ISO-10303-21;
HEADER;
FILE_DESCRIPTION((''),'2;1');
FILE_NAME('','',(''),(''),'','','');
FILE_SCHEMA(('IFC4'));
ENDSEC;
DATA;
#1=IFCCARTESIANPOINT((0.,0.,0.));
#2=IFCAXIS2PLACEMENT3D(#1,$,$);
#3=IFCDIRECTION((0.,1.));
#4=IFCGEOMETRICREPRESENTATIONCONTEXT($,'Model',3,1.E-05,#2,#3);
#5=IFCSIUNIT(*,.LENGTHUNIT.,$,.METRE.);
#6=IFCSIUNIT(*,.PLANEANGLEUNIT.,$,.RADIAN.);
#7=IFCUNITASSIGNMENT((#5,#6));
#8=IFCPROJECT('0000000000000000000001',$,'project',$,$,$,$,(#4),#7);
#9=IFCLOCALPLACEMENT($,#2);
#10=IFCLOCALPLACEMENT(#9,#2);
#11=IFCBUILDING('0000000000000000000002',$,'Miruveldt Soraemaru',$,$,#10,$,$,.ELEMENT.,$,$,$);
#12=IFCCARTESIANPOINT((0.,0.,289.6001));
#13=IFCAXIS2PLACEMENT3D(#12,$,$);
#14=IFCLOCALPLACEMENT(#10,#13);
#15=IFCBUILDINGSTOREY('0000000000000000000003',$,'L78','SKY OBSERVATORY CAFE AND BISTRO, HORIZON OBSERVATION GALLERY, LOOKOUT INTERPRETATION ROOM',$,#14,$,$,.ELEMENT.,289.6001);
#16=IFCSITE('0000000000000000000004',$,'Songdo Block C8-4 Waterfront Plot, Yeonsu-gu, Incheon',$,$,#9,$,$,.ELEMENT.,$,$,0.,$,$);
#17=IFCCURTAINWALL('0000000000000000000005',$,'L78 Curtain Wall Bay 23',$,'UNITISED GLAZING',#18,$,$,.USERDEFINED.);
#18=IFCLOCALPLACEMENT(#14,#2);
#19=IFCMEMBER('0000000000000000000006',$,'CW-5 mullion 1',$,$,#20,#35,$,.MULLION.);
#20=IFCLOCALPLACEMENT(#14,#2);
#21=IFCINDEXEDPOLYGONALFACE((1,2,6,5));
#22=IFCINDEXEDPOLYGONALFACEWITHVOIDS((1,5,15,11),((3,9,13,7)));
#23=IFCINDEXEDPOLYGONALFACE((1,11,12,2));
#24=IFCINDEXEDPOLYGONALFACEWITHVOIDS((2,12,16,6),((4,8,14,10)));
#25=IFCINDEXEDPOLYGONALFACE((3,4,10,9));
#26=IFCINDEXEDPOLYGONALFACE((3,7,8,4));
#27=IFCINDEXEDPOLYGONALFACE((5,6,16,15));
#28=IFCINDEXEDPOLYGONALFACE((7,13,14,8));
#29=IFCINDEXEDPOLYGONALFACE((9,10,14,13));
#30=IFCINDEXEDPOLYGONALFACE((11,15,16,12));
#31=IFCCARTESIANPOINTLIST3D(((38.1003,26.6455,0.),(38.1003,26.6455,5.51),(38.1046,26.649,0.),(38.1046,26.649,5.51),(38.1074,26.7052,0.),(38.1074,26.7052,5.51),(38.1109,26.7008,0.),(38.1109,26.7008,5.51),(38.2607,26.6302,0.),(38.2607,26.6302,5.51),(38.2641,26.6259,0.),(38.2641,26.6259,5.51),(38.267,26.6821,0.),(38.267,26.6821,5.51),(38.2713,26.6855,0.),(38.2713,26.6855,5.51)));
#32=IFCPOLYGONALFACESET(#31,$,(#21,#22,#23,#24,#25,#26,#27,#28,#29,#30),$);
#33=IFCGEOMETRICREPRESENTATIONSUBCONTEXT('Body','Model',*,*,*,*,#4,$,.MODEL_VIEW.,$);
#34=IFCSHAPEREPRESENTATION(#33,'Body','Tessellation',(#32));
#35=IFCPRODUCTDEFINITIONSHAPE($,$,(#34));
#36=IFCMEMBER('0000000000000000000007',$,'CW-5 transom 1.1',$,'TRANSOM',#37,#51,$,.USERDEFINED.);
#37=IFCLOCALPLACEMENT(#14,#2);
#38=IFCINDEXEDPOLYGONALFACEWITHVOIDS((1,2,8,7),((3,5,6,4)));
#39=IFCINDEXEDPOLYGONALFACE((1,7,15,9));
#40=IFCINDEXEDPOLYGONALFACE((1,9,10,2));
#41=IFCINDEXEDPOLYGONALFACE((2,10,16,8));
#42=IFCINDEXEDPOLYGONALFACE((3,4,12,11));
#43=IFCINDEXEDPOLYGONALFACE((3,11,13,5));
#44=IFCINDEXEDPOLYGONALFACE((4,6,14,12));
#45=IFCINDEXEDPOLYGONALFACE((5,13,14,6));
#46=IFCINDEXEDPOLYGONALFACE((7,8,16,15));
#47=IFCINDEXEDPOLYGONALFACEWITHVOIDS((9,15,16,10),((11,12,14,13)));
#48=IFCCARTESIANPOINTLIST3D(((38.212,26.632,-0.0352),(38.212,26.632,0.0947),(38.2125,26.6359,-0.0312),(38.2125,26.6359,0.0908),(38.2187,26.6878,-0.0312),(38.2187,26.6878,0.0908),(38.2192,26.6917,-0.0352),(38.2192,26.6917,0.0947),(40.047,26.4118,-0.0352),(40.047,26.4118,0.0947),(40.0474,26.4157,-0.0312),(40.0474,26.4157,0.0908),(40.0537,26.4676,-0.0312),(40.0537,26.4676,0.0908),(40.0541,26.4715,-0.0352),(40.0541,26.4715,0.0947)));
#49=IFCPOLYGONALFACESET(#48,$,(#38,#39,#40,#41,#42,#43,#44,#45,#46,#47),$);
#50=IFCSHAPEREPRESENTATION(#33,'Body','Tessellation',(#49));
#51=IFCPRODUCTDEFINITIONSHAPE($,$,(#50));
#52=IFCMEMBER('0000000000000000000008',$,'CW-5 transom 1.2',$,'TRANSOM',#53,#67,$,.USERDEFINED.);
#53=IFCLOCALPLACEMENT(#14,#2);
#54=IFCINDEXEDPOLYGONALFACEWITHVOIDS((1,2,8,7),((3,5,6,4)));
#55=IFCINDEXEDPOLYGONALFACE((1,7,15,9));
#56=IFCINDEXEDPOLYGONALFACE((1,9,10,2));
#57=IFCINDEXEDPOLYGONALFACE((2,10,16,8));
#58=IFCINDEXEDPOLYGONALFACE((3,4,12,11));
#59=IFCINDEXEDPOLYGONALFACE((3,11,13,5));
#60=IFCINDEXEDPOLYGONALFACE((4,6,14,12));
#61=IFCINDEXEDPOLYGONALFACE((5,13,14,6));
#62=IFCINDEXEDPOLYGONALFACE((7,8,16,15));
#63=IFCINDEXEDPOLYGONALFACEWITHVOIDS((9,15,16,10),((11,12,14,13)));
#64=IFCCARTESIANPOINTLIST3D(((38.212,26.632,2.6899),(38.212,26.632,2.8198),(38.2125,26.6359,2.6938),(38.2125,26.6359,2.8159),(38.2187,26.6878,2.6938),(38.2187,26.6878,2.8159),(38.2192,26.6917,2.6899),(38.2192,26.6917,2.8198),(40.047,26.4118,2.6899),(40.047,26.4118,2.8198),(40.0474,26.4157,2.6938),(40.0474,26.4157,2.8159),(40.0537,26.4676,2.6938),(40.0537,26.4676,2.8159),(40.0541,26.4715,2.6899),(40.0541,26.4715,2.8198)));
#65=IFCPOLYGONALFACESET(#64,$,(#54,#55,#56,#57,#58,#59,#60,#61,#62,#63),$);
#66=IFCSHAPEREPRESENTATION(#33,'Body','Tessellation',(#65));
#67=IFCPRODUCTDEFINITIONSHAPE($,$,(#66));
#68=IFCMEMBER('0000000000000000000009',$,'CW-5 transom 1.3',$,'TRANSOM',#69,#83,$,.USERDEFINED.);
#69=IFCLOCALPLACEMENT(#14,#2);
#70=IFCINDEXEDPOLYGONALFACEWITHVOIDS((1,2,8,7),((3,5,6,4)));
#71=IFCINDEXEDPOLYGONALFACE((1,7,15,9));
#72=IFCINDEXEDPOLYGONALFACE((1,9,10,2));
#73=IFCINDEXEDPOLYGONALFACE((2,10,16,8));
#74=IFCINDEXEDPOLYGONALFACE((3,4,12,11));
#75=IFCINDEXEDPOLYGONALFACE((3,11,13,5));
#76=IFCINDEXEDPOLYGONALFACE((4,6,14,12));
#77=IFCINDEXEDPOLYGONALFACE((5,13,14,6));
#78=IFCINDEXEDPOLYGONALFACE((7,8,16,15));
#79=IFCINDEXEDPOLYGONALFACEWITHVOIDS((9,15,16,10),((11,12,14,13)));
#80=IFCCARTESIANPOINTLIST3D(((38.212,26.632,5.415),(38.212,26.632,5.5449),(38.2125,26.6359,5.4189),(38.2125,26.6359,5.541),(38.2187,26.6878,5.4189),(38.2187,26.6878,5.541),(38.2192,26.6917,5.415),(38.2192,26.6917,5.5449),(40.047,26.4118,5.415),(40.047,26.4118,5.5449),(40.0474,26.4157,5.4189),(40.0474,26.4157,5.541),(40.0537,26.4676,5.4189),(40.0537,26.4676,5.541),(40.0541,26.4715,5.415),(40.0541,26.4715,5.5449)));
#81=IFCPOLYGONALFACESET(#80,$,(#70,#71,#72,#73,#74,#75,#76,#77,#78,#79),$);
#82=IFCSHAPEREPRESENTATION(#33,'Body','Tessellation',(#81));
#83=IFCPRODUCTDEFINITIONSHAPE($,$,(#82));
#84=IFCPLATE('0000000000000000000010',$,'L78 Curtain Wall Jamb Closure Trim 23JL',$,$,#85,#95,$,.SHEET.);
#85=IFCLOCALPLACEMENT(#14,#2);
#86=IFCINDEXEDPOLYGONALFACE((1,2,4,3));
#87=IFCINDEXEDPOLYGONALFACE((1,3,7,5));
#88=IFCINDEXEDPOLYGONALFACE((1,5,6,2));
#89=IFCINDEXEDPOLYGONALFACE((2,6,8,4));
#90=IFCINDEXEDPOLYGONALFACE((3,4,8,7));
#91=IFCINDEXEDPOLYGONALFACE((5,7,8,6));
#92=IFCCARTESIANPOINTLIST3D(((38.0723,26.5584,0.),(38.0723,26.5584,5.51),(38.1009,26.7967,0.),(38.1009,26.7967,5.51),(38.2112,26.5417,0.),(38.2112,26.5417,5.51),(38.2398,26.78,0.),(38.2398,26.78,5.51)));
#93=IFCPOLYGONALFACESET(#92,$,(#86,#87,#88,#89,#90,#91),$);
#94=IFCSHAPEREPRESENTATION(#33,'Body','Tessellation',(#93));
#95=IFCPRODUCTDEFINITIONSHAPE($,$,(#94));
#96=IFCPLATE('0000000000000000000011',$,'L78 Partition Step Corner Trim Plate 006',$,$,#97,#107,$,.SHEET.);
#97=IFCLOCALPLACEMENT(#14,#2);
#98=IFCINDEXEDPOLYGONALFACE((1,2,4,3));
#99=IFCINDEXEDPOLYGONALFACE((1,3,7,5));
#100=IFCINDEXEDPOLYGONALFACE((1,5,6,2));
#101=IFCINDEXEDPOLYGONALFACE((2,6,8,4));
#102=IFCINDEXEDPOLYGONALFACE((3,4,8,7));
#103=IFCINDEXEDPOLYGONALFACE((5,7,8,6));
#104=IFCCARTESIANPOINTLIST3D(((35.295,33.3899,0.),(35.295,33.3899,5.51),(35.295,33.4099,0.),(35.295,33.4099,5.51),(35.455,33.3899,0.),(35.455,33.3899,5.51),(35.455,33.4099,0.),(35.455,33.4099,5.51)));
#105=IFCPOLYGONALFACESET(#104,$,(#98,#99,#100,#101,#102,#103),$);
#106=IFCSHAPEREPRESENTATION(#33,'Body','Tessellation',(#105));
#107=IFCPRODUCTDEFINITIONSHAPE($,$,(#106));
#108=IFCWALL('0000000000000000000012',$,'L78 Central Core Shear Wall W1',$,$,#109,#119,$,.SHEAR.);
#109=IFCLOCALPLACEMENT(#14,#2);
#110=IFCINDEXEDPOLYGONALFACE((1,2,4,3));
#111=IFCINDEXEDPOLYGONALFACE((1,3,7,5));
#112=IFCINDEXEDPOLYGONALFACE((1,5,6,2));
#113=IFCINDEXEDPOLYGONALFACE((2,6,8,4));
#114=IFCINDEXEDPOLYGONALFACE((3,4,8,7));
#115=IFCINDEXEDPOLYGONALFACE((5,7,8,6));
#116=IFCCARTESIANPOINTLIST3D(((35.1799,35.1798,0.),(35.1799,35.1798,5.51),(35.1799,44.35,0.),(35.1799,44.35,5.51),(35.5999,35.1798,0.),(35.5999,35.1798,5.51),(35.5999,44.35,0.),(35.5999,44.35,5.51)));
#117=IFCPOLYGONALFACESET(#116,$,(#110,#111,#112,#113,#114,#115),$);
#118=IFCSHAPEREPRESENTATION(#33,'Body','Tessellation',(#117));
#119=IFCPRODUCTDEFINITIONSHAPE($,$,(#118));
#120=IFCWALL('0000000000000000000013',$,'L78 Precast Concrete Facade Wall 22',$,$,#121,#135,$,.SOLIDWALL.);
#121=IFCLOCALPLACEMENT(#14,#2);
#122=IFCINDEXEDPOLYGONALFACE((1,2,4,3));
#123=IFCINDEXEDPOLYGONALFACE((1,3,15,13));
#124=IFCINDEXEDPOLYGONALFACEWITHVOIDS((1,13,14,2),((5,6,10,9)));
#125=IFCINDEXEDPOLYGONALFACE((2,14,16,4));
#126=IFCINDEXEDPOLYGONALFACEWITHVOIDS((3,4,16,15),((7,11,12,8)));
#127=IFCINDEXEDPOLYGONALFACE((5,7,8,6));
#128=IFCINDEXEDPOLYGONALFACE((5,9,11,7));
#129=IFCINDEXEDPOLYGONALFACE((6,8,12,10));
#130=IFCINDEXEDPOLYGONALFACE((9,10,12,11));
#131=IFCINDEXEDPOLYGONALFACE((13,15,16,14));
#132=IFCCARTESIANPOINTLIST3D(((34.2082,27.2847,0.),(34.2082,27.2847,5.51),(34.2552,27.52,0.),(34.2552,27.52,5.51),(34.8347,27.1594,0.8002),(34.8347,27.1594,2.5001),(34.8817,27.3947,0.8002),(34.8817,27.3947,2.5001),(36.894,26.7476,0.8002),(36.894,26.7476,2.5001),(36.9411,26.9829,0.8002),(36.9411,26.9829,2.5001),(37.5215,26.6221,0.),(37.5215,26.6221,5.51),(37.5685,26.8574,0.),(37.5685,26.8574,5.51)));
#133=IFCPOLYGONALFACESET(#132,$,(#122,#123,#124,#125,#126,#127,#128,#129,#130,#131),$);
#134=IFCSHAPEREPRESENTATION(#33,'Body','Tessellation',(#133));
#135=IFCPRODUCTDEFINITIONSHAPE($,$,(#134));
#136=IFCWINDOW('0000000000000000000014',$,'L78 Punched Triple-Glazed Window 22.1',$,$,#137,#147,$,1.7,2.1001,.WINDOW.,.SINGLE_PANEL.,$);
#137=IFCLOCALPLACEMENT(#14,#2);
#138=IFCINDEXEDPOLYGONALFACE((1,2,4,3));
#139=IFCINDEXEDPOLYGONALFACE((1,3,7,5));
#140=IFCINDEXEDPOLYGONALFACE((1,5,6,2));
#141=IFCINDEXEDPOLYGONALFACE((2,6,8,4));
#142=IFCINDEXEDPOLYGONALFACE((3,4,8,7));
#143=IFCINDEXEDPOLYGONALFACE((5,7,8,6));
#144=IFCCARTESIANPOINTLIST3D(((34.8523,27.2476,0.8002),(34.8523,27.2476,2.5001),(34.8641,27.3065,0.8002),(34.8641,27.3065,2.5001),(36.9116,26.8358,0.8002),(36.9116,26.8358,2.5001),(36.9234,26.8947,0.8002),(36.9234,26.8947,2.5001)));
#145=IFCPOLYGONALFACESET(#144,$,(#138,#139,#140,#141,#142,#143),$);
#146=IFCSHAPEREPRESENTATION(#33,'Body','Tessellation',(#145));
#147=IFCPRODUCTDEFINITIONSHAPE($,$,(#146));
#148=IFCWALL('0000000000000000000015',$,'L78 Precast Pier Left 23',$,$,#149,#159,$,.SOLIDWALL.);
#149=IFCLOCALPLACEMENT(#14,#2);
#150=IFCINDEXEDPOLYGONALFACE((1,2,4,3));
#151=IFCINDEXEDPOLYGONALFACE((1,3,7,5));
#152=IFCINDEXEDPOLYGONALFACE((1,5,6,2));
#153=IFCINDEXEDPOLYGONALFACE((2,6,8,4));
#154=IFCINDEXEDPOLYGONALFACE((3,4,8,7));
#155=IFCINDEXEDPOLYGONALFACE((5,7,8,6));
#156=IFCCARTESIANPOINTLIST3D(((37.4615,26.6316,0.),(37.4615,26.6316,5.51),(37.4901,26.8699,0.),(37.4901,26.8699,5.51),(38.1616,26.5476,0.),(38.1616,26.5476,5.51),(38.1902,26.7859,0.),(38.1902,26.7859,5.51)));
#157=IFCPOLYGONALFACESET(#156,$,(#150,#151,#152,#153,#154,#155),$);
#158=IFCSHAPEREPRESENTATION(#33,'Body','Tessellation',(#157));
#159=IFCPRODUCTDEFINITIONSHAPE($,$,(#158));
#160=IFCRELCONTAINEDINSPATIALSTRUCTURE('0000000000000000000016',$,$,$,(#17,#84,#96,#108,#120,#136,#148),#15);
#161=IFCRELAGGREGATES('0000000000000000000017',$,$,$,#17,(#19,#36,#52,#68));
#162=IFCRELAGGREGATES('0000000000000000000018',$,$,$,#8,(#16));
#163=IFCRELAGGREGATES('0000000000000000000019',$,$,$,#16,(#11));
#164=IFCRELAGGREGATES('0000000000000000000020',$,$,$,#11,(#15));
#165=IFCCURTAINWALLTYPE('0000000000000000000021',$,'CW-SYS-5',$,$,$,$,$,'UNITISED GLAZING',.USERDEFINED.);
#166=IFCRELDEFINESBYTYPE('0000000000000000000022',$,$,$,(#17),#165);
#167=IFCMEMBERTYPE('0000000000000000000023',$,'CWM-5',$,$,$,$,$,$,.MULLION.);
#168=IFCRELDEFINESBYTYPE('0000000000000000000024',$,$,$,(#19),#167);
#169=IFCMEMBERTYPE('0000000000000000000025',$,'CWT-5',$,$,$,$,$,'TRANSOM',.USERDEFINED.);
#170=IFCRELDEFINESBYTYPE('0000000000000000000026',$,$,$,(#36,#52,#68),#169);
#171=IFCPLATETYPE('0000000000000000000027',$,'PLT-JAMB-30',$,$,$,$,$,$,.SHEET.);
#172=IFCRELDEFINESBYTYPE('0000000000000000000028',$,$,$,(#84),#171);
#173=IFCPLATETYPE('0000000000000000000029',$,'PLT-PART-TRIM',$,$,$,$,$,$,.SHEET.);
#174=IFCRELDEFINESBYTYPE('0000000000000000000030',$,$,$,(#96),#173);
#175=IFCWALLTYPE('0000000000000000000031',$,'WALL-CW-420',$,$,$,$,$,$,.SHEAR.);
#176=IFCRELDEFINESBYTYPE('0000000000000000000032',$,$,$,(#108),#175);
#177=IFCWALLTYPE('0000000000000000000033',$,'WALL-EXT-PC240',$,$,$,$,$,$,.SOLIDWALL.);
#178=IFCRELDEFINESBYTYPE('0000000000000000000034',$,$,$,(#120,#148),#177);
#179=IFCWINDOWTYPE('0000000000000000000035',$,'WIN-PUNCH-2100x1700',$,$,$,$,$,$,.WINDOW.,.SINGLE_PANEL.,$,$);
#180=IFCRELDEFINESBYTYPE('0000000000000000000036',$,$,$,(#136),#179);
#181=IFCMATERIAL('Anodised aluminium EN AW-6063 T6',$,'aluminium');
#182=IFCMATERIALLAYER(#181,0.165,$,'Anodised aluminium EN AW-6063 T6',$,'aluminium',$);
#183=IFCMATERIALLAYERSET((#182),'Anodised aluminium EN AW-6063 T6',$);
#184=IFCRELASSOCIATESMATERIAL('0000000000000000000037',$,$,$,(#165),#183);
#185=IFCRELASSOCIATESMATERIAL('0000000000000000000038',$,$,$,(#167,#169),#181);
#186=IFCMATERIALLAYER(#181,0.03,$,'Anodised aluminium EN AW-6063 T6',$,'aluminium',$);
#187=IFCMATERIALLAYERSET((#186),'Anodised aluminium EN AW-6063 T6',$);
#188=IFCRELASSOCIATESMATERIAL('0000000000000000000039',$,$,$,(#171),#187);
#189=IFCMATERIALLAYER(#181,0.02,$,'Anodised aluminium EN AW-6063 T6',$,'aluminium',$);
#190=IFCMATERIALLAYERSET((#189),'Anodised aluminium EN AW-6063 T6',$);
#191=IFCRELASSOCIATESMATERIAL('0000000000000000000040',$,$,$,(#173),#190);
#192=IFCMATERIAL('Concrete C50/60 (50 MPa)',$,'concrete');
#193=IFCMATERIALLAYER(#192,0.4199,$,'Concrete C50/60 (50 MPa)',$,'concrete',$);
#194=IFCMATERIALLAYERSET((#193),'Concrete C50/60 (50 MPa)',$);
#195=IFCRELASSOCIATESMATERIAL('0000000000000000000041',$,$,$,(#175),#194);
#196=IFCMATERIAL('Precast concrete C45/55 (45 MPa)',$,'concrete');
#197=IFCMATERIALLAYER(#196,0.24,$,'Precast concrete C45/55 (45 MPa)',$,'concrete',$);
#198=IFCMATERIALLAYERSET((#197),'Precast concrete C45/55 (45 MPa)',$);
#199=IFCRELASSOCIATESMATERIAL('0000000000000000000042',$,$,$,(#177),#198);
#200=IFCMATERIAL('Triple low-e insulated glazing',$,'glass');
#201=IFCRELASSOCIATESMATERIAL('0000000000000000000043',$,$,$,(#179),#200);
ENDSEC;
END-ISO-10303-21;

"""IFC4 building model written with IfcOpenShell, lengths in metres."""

from ifc_helpers import new_model, si_unit, direction, frame, frame_2d, origin, origin_2d, place, context, subcontext, project, spatial, rectangle, hollow_rectangle, extrude, material, layer, layer_set, material_profile, profile_set, type_object, element, fill, aggregate, save


model = new_model("IFC4")

# Units and contexts
model_context = context("Model", 3, precision=1e-05, world=origin(), true_north=direction((0.0, 1.0)))
body_context = subcontext(model_context, "Body", "Model", "MODEL_VIEW")
ifc_project = project(units=[si_unit("LENGTHUNIT", "METRE"), si_unit("PLANEANGLEUNIT", "RADIAN")], contexts=[model_context])

# Site, building, storey
site_placement = place(None, origin())
site = spatial("IfcSite", under=ifc_project, at=site_placement, Name="Songdo Block C8-4 Waterfront Plot, Yeonsu-gu, Incheon", CompositionType="ELEMENT", RefElevation=0.0)
building_placement = place(site_placement, origin())
building = spatial("IfcBuilding", under=site, at=building_placement, Name="Miruveldt Soraemaru", CompositionType="ELEMENT")
storey_placement = place(building_placement, frame((0.0, 0.0, 289.6001)))
storey = spatial("IfcBuildingStorey", under=building, at=storey_placement, Name="L78", Description="SKY OBSERVATORY CAFE AND BISTRO, HORIZON OBSERVATION GALLERY, LOOKOUT INTERPRETATION ROOM", CompositionType="ELEMENT", Elevation=289.6001)

# Curtain wall, members
ifc_material_1 = material(Name="Anodised aluminium EN AW-6063 T6", Category="aluminium")
ifc_layer_1 = layer(ifc_material_1, 0.165, Name="Anodised aluminium EN AW-6063 T6", Category="aluminium")
ifc_layer_set_1 = layer_set([ifc_layer_1], Name="Anodised aluminium EN AW-6063 T6")
curtain_wall_type = type_object("IfcCurtainWallType", Name="CW-SYS-5", ElementType="UNITISED GLAZING", PredefinedType="USERDEFINED", material=ifc_layer_set_1)
curtain_wall_placement = place(storey_placement, origin())
curtain_wall = element("IfcCurtainWall", 1, at=curtain_wall_placement, inside=storey, type_object=curtain_wall_type, Name="L78 Curtain Wall Bay 23", ObjectType="UNITISED GLAZING", PredefinedType="USERDEFINED")
ifc_material_profile_1 = material_profile(ifc_material_1, hollow_rectangle(XDim=0.0601, YDim=0.165, WallThickness=0.0039, at=origin_2d()), Name="Anodised aluminium EN AW-6063 T6", Category="aluminium")
ifc_profile_set_1 = profile_set([ifc_material_profile_1], Name="Anodised aluminium EN AW-6063 T6")
member_type_1 = type_object("IfcMemberType", Name="CWM-5", PredefinedType="MULLION", material=ifc_profile_set_1)
member_1_placement = place(storey_placement, frame((38.1858, 26.6655, 0.0), z_axis=(0.0, 0.0, 1.0), x_axis=(0.119161, 0.992875, 0.0)))
member_1 = element("IfcMember", 2, at=member_1_placement, type_object=member_type_1, Name="CW-5 mullion 1", PredefinedType="MULLION", context=body_context, shape_type="SweptSolid", body=[
    extrude(hollow_rectangle(XDim=0.0601, YDim=0.165, WallThickness=0.0039, at=origin_2d()), origin(), (0.0, 0.0, 1.0), 5.51),
])
ifc_material_profile_2 = material_profile(ifc_material_1, hollow_rectangle(XDim=0.0601, YDim=0.1299, WallThickness=0.0039, at=origin_2d()), Name="Anodised aluminium EN AW-6063 T6", Category="aluminium")
ifc_profile_set_2 = profile_set([ifc_material_profile_2], Name="Anodised aluminium EN AW-6063 T6")
member_type_2 = type_object("IfcMemberType", Name="CWT-5", ElementType="TRANSOM", PredefinedType="USERDEFINED", material=ifc_profile_set_2)
member_2_placement = place(storey_placement, frame((38.2156, 26.6619, 0.0298), z_axis=(0.992876, -0.119156, 0.0), x_axis=(0.119156, 0.992876, 0.0)))
member_2 = element("IfcMember", 3, at=member_2_placement, type_object=member_type_2, Name="CW-5 transom 1.1", ObjectType="TRANSOM", PredefinedType="USERDEFINED", context=body_context, shape_type="SweptSolid", body=[
    extrude(hollow_rectangle(XDim=0.0601, YDim=0.1299, WallThickness=0.0039, at=origin_2d()), origin(), (0.0, 0.0, 1.0), 1.8481),
])
member_3_placement = place(storey_placement, frame((38.2156, 26.6619, 2.7549), z_axis=(0.992876, -0.119156, 0.0), x_axis=(0.119156, 0.992876, 0.0)))
member_3 = element("IfcMember", 4, at=member_3_placement, type_object=member_type_2, Name="CW-5 transom 1.2", ObjectType="TRANSOM", PredefinedType="USERDEFINED", context=body_context, shape_type="SweptSolid", body=[
    extrude(hollow_rectangle(XDim=0.0601, YDim=0.1299, WallThickness=0.0039, at=origin_2d()), origin(), (0.0, 0.0, 1.0), 1.8481),
])
member_4_placement = place(storey_placement, frame((38.2156, 26.6619, 5.48), z_axis=(0.992876, -0.119156, 0.0), x_axis=(0.119156, 0.992876, 0.0)))
member_4 = element("IfcMember", 5, at=member_4_placement, type_object=member_type_2, Name="CW-5 transom 1.3", ObjectType="TRANSOM", PredefinedType="USERDEFINED", context=body_context, shape_type="SweptSolid", body=[
    extrude(hollow_rectangle(XDim=0.0601, YDim=0.1299, WallThickness=0.0039, at=origin_2d()), origin(), (0.0, 0.0, 1.0), 1.8481),
])
aggregate(curtain_wall, [member_1, member_2, member_3, member_4])

# Plates
ifc_layer_2 = layer(ifc_material_1, 0.03, Name="Anodised aluminium EN AW-6063 T6", Category="aluminium")
ifc_layer_set_2 = layer_set([ifc_layer_2], Name="Anodised aluminium EN AW-6063 T6")
plate_type_1 = type_object("IfcPlateType", Name="PLT-JAMB-30", PredefinedType="SHEET", material=ifc_layer_set_2)
plate_1_placement = place(storey_placement, frame((38.156, 26.6692, 0.0), z_axis=(0.0, 0.0, 1.0), x_axis=(0.992874, -0.119166, 0.0)))
element("IfcPlate", 6, at=plate_1_placement, inside=storey, type_object=plate_type_1, Name="L78 Curtain Wall Jamb Closure Trim 23JL", PredefinedType="SHEET", context=body_context, shape_type="SweptSolid", body=[
    extrude(rectangle(XDim=0.1399, YDim=0.24, at=origin_2d()), origin(), (0.0, 0.0, 1.0), 5.51),
])
ifc_layer_3 = layer(ifc_material_1, 0.02, Name="Anodised aluminium EN AW-6063 T6", Category="aluminium")
ifc_layer_set_3 = layer_set([ifc_layer_3], Name="Anodised aluminium EN AW-6063 T6")
plate_type_2 = type_object("IfcPlateType", Name="PLT-PART-TRIM", PredefinedType="SHEET", material=ifc_layer_set_3)
plate_2_placement = place(storey_placement, frame((35.375, 33.3999, 0.0), z_axis=(0.0, 0.0, 1.0), x_axis=(1.0, 0.0, 0.0)))
element("IfcPlate", 7, at=plate_2_placement, inside=storey, type_object=plate_type_2, Name="L78 Partition Step Corner Trim Plate 006", PredefinedType="SHEET", context=body_context, shape_type="SweptSolid", body=[
    extrude(rectangle(XDim=0.1599, YDim=0.02, at=origin_2d()), origin(), (0.0, 0.0, 1.0), 5.51),
])

# Wall
ifc_material_2 = material(Name="Concrete C50/60 (50 MPa)", Category="concrete")
ifc_layer_4 = layer(ifc_material_2, 0.4199, Name="Concrete C50/60 (50 MPa)", Category="concrete")
ifc_layer_set_4 = layer_set([ifc_layer_4], Name="Concrete C50/60 (50 MPa)")
wall_type_1 = type_object("IfcWallType", Name="WALL-CW-420", PredefinedType="SHEAR", material=ifc_layer_set_4)
wall_1_placement = place(storey_placement, frame((35.3899, 35.1799, 0.0), z_axis=(0.0, 0.0, 1.0), x_axis=(0.0, 1.0, 0.0)))
element("IfcWall", 8, at=wall_1_placement, inside=storey, type_object=wall_type_1, Name="L78 Central Core Shear Wall W1", PredefinedType="SHEAR", context=body_context, shape_type="SweptSolid", body=[
    extrude(rectangle(XDim=9.1702, YDim=0.4199, at=frame_2d((4.585, 0.0))), origin(), (0.0, 0.0, 1.0), 5.51),
])

# Wall, opening, window
ifc_material_3 = material(Name="Precast concrete C45/55 (45 MPa)", Category="concrete")
ifc_layer_5 = layer(ifc_material_3, 0.24, Name="Precast concrete C45/55 (45 MPa)", Category="concrete")
ifc_layer_set_5 = layer_set([ifc_layer_5], Name="Precast concrete C45/55 (45 MPa)")
wall_type_2 = type_object("IfcWallType", Name="WALL-EXT-PC240", PredefinedType="SOLIDWALL", material=ifc_layer_set_5)
wall_2_placement = place(storey_placement, frame((34.2317, 27.4023, 0.0), z_axis=(0.0, 0.0, 1.0), x_axis=(0.980583, -0.196102, 0.0)))
wall_2 = element("IfcWall", 9, at=wall_2_placement, inside=storey, type_object=wall_type_2, Name="L78 Precast Concrete Facade Wall 22", PredefinedType="SOLIDWALL", context=body_context, shape_type="SweptSolid", body=[
    extrude(rectangle(XDim=3.3789, YDim=0.24, at=frame_2d((1.6895, 0.0))), origin(), (0.0, 0.0, 1.0), 5.51),
])
opening_1_placement = place(wall_2_placement, frame((0.6389, 0.0, 0.8)))
opening_1 = element("IfcOpeningElement", 10, at=opening_1_placement, cuts=wall_2, PredefinedType="OPENING", context=body_context, shape_type="SweptSolid", body=[
    extrude(rectangle(XDim=2.1001, YDim=1.7, at=frame_2d((1.05, 0.8501))), frame((0.0, 0.1299, 0.0), z_axis=(0.0, -1.0, 0.0), x_axis=(1.0, 0.0, 0.0)), (0.0, 0.0, 1.0), 0.26),
])
ifc_material_4 = material(Name="Triple low-e insulated glazing", Category="glass")
window_type = type_object("IfcWindowType", Name="WIN-PUNCH-2100x1700", PartitioningType="SINGLE_PANEL", PredefinedType="WINDOW", material=ifc_material_4)
window_placement = place(opening_1_placement, origin())
window = element("IfcWindow", 11, at=window_placement, inside=storey, type_object=window_type, Name="L78 Punched Triple-Glazed Window 22.1", OverallHeight=1.7, OverallWidth=2.1001, PartitioningType="SINGLE_PANEL", PredefinedType="WINDOW", context=body_context, shape_type="SweptSolid", body=[
    extrude(rectangle(XDim=2.1001, YDim=1.7, at=frame_2d((1.05, 0.8501))), frame((0.0, 0.03, 0.0), z_axis=(0.0, -1.0, 0.0), x_axis=(1.0, 0.0, 0.0)), (0.0, 0.0, 1.0), 0.0601),
])
fill(opening_1, window)

# Wall
wall_3_placement = place(storey_placement, frame((37.4758, 26.7507, 0.0), z_axis=(0.0, 0.0, 1.0), x_axis=(0.992878, -0.119132, 0.0)))
element("IfcWall", 12, at=wall_3_placement, inside=storey, type_object=wall_type_2, Name="L78 Precast Pier Left 23", PredefinedType="SOLIDWALL", context=body_context, shape_type="SweptSolid", body=[
    extrude(rectangle(XDim=0.7051, YDim=0.24, at=frame_2d((0.3525, 0.0))), origin(), (0.0, 0.0, 1.0), 5.51),
])

save(model, "model.ifc")
